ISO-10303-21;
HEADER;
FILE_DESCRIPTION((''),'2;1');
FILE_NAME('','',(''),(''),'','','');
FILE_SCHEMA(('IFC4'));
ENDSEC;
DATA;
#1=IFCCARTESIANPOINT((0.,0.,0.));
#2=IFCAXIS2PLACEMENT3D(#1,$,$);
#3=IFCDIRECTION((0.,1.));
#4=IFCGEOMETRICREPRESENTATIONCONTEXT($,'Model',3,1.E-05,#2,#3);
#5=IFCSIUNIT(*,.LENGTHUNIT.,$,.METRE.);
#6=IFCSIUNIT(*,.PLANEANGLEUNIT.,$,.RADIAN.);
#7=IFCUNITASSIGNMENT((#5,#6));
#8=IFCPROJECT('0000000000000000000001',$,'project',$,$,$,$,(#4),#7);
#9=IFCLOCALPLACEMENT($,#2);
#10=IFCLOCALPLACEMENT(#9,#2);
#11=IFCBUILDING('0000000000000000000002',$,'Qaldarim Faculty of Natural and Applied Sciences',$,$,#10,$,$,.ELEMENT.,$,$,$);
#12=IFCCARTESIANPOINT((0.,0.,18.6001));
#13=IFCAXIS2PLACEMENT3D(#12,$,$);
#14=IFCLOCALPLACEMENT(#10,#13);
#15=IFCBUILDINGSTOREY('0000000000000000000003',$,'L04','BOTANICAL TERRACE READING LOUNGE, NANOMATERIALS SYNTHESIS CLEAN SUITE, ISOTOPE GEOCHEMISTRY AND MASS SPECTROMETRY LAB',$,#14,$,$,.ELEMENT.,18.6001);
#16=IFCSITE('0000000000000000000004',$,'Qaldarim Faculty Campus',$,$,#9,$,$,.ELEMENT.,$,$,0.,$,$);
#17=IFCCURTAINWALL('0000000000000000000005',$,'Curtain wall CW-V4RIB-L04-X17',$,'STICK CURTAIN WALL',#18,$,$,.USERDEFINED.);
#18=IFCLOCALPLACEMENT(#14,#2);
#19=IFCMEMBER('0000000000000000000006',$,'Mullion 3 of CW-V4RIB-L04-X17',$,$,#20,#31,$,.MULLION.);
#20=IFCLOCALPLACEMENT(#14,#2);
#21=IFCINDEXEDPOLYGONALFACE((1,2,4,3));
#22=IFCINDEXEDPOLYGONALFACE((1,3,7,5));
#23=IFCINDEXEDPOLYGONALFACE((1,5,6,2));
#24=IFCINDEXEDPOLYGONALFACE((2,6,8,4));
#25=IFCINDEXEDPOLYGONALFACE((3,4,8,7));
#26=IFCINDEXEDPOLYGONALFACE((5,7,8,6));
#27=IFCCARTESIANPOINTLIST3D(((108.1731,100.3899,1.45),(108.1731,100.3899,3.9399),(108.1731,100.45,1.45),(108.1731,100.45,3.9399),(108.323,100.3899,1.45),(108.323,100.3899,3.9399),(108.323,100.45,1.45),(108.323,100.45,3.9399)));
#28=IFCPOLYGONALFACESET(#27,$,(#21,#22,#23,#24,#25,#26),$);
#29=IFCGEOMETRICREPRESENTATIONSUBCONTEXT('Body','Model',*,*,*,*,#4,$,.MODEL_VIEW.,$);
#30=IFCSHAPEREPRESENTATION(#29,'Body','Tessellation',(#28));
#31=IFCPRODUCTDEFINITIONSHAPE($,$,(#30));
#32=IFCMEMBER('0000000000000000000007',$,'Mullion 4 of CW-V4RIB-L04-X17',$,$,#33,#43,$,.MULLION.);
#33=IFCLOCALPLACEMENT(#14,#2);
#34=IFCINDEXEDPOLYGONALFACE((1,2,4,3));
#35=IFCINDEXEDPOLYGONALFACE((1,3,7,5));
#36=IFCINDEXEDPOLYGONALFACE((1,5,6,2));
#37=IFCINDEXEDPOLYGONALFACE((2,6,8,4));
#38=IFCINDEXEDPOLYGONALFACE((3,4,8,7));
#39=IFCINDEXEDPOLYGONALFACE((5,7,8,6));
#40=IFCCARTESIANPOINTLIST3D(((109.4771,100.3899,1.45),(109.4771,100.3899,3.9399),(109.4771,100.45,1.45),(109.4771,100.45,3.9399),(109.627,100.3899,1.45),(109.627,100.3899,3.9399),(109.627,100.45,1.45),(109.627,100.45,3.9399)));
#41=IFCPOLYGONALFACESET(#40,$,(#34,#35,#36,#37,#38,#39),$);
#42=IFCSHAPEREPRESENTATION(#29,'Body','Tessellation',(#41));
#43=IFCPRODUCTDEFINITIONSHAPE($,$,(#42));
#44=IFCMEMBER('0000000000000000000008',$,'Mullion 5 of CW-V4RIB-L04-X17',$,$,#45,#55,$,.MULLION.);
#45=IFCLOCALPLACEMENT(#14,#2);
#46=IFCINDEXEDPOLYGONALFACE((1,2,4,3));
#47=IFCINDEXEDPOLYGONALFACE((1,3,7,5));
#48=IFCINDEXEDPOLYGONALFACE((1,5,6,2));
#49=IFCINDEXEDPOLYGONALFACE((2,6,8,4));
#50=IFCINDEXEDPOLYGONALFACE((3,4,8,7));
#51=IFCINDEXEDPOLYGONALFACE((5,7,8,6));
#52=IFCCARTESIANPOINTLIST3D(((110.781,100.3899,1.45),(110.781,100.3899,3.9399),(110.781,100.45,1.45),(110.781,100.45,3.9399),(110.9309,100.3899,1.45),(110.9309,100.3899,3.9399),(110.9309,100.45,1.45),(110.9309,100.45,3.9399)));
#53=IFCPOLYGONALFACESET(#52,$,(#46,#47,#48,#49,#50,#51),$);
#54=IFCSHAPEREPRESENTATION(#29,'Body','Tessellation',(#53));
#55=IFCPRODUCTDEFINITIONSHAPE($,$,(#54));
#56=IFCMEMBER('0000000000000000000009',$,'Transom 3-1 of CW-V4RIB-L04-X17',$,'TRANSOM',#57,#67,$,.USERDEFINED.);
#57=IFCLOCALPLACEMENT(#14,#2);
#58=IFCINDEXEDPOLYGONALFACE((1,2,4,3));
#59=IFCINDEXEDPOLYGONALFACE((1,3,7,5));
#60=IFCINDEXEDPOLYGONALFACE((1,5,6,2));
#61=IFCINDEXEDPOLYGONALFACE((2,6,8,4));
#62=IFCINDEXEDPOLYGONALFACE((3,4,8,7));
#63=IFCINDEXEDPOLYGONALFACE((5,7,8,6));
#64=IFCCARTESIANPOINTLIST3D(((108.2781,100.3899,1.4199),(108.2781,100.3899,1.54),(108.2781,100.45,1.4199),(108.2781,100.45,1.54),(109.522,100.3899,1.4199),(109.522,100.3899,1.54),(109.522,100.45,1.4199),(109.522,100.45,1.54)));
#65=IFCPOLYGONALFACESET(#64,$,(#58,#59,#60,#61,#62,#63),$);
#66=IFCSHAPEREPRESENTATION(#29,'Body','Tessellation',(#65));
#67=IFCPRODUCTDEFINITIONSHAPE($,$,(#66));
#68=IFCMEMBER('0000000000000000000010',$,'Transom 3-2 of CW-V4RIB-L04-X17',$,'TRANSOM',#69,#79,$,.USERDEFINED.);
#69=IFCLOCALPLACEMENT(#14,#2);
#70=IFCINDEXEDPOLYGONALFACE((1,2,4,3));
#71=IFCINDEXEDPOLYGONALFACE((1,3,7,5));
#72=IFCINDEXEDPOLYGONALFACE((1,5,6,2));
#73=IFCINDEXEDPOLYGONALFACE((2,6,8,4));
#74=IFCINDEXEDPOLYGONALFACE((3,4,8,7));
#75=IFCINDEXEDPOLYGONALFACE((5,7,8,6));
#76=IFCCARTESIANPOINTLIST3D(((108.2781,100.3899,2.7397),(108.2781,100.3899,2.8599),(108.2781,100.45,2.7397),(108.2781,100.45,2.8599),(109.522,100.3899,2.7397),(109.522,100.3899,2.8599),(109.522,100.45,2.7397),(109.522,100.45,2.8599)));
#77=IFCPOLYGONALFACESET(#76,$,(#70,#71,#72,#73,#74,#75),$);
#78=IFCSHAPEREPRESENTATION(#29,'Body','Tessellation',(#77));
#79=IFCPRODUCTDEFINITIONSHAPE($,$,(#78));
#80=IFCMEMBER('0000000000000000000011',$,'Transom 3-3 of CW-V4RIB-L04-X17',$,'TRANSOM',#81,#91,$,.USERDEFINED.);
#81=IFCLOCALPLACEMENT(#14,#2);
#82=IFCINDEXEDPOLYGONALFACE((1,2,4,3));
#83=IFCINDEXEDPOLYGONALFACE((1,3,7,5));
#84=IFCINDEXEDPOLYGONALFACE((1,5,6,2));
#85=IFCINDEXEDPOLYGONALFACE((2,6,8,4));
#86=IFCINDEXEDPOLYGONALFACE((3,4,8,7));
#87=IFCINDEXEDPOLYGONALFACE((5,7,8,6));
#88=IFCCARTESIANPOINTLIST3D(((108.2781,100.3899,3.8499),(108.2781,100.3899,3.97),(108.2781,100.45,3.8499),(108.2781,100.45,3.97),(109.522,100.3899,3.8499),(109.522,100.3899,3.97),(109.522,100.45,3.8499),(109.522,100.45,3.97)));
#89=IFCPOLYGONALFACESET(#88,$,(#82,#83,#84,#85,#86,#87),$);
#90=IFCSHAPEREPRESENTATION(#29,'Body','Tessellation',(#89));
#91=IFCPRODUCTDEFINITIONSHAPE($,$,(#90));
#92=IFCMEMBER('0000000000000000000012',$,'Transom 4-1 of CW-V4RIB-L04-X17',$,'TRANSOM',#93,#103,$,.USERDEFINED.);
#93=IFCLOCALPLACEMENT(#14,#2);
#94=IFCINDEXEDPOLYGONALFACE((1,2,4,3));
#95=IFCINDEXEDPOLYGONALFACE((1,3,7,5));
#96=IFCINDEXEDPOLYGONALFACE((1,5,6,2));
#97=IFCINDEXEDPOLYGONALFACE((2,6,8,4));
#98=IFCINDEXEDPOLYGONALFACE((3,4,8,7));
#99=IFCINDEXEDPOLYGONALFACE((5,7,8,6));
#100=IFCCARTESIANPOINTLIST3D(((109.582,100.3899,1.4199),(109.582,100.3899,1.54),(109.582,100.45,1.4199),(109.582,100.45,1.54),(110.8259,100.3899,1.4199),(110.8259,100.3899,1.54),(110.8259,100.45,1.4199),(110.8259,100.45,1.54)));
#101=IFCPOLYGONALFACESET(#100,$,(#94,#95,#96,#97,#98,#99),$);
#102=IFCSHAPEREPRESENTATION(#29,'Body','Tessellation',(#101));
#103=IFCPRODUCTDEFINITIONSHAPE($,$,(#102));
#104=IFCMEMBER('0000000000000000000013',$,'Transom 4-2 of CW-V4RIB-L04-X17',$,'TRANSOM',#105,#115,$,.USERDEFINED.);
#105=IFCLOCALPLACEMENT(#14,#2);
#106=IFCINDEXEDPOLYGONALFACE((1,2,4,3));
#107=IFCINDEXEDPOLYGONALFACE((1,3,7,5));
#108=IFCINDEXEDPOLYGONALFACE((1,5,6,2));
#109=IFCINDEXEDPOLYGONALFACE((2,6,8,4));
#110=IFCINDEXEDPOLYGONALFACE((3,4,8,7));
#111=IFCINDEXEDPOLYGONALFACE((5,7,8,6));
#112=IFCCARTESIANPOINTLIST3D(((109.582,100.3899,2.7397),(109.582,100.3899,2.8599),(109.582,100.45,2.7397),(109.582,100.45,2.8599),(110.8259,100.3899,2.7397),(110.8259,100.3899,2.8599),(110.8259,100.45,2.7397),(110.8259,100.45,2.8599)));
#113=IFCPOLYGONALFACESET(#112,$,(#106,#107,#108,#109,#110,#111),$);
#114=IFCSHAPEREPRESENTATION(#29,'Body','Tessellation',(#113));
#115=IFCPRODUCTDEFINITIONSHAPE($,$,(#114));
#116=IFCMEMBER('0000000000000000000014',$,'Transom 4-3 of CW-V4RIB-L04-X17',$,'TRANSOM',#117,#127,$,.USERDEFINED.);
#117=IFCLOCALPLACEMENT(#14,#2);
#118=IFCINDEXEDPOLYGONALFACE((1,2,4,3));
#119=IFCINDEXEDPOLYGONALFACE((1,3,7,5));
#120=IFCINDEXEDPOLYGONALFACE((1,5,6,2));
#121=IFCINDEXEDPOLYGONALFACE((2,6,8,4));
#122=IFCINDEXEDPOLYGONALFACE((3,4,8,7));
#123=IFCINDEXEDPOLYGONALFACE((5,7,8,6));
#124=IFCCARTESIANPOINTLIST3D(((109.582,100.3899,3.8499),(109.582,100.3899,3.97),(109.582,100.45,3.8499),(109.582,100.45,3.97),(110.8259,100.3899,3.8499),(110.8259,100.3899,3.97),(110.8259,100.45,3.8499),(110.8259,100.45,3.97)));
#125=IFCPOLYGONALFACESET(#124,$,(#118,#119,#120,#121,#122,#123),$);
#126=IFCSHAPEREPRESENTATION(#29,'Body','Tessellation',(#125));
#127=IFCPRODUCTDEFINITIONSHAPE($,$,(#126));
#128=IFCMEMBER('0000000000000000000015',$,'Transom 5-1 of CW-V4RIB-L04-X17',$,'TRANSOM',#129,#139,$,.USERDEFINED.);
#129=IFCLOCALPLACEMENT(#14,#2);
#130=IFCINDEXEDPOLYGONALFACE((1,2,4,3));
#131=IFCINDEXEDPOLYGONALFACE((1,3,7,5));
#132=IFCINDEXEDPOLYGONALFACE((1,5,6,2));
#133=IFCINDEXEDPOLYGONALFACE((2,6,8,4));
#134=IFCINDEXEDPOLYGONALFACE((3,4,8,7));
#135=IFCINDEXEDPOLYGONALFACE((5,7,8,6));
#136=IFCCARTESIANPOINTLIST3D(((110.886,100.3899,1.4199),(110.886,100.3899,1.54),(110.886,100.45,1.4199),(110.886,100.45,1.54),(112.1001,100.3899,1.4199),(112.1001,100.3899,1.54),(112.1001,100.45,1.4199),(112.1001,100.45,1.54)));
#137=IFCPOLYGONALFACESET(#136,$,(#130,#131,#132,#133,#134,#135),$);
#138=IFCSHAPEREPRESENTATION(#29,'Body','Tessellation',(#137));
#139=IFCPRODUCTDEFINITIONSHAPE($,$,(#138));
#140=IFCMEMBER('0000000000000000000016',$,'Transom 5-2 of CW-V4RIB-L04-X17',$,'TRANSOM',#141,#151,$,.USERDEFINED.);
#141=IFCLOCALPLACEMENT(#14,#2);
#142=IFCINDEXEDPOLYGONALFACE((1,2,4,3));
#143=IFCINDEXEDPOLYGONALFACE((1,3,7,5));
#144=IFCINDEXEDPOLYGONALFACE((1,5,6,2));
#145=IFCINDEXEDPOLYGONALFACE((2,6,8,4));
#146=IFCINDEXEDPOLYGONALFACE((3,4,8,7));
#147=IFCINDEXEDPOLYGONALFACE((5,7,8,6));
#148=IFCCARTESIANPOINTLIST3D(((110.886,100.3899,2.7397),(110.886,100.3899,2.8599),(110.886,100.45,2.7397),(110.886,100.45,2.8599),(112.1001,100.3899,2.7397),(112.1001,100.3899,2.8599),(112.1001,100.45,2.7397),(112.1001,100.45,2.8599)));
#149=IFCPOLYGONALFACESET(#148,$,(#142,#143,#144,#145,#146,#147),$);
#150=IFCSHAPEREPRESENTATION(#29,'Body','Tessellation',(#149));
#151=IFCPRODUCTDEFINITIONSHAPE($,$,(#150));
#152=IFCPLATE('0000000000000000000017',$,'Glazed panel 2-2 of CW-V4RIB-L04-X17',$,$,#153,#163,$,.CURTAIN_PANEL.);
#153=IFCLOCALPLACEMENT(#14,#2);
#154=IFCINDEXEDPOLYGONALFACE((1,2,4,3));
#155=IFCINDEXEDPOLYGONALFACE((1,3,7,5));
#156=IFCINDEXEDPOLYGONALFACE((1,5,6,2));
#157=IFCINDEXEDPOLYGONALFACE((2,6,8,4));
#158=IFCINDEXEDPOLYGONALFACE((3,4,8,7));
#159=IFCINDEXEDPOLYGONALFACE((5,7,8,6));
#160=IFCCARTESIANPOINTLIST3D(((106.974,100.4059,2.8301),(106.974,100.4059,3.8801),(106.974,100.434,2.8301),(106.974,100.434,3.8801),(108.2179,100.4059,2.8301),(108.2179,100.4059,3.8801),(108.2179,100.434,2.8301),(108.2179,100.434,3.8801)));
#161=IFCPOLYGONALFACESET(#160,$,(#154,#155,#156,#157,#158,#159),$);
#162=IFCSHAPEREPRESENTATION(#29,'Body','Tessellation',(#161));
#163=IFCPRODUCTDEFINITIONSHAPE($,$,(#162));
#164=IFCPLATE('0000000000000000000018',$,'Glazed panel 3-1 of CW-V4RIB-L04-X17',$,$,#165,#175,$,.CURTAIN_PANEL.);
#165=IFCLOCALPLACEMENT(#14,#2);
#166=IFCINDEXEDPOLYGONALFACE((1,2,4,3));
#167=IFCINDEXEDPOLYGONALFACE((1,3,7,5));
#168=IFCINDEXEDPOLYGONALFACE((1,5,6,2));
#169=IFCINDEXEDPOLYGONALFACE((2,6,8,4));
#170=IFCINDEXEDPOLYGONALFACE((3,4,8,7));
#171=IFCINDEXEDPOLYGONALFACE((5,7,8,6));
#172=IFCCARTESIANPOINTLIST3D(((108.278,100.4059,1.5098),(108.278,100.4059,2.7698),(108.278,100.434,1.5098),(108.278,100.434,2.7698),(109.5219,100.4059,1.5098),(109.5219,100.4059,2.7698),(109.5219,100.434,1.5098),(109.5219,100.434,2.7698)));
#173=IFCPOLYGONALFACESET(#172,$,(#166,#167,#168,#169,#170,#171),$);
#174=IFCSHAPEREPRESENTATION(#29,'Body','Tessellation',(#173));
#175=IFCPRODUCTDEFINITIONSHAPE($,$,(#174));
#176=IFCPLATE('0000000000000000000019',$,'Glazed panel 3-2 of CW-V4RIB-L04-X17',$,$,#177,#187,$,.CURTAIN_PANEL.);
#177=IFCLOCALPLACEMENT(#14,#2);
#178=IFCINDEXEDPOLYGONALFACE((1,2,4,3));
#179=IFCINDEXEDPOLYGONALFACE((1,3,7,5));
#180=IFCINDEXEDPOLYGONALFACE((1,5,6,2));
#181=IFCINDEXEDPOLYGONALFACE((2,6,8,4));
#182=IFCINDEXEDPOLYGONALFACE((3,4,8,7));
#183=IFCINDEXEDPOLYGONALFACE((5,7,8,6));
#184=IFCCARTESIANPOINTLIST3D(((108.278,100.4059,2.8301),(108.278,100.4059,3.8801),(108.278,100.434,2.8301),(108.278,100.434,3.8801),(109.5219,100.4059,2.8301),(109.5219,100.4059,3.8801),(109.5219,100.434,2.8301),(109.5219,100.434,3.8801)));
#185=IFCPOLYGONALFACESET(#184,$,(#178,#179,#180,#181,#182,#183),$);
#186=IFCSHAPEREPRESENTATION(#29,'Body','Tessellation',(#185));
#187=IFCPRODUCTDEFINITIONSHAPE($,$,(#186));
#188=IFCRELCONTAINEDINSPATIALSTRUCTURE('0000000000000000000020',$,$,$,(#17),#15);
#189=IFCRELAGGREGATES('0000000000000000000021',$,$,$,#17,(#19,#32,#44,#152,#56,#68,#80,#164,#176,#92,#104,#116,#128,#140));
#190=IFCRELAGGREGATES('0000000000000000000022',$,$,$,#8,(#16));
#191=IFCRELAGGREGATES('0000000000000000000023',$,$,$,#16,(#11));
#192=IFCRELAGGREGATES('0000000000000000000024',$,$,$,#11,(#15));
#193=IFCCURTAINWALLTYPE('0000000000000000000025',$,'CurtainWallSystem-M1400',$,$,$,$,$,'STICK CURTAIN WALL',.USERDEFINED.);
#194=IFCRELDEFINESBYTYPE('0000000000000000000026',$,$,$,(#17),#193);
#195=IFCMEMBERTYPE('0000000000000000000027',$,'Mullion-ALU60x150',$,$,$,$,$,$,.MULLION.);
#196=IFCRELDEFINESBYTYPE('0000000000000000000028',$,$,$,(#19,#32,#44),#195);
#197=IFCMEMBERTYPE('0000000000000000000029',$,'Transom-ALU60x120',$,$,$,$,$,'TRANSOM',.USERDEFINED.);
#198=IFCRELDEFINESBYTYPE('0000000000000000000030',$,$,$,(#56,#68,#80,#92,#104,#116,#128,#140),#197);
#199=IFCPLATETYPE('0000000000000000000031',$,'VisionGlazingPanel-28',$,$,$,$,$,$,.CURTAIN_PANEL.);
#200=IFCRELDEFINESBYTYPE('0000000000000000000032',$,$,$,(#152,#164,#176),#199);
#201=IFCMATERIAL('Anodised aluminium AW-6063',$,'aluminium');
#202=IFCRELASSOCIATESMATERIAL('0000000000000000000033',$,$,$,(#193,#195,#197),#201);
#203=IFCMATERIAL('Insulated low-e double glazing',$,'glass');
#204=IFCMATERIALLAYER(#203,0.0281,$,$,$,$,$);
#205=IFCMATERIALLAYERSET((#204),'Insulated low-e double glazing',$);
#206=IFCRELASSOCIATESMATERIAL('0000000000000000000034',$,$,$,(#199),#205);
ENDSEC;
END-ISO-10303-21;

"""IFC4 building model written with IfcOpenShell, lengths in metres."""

from ifc_helpers import new_model, si_unit, direction, frame, origin, origin_2d, place, context, subcontext, project, spatial, rectangle, extrude, material, layer, layer_set, material_profile, profile_set, type_object, element, aggregate, save


model = new_model("IFC4")

# Units and contexts
model_context = context("Model", 3, precision=1e-05, world=origin(), true_north=direction((0.0, 1.0)))
body_context = subcontext(model_context, "Body", "Model", "MODEL_VIEW")
ifc_project = project(units=[si_unit("LENGTHUNIT", "METRE"), si_unit("PLANEANGLEUNIT", "RADIAN")], contexts=[model_context])

# Site, building, storey
site_placement = place(None, origin())
site = spatial("IfcSite", under=ifc_project, at=site_placement, Name="Qaldarim Faculty Campus", CompositionType="ELEMENT", RefElevation=0.0)
building_placement = place(site_placement, origin())
building = spatial("IfcBuilding", under=site, at=building_placement, Name="Qaldarim Faculty of Natural and Applied Sciences", CompositionType="ELEMENT")
storey_placement = place(building_placement, frame((0.0, 0.0, 18.6001)))
storey = spatial("IfcBuildingStorey", under=building, at=storey_placement, Name="L04", Description="BOTANICAL TERRACE READING LOUNGE, NANOMATERIALS SYNTHESIS CLEAN SUITE, ISOTOPE GEOCHEMISTRY AND MASS SPECTROMETRY LAB", CompositionType="ELEMENT", Elevation=18.6001)

# Curtain wall, members, plates
ifc_material_1 = material(Name="Anodised aluminium AW-6063", Category="aluminium")
curtain_wall_type = type_object("IfcCurtainWallType", Name="CurtainWallSystem-M1400", ElementType="STICK CURTAIN WALL", PredefinedType="USERDEFINED", material=ifc_material_1)
curtain_wall_placement = place(storey_placement, origin())
curtain_wall = element("IfcCurtainWall", 1, at=curtain_wall_placement, inside=storey, type_object=curtain_wall_type, Name="Curtain wall CW-V4RIB-L04-X17", ObjectType="STICK CURTAIN WALL", PredefinedType="USERDEFINED")
ifc_material_profile_1 = material_profile(ifc_material_1, rectangle(XDim=0.0601, YDim=0.1499, at=origin_2d()), Name="ALU-M60x150")
ifc_profile_set_1 = profile_set([ifc_material_profile_1], Name="Anodised aluminium AW-6063")
member_type_1 = type_object("IfcMemberType", Name="Mullion-ALU60x150", PredefinedType="MULLION", material=ifc_profile_set_1)
member_1_placement = place(storey_placement, frame((108.248, 100.4199, 1.45), z_axis=(0.0, 0.0, 1.0), x_axis=(0.0, 1.0, 0.0)))
member_1 = element("IfcMember", 2, at=member_1_placement, type_object=member_type_1, Name="Mullion 3 of CW-V4RIB-L04-X17", PredefinedType="MULLION", context=body_context, shape_type="SweptSolid", body=[
    extrude(rectangle(XDim=0.0601, YDim=0.1499, at=origin_2d()), origin(), (0.0, 0.0, 1.0), 2.49),
])
member_2_placement = place(storey_placement, frame((109.552, 100.4199, 1.45), z_axis=(0.0, 0.0, 1.0), x_axis=(0.0, 1.0, 0.0)))
member_2 = element("IfcMember", 3, at=member_2_placement, type_object=member_type_1, Name="Mullion 4 of CW-V4RIB-L04-X17", PredefinedType="MULLION", context=body_context, shape_type="SweptSolid", body=[
    extrude(rectangle(XDim=0.0601, YDim=0.1499, at=origin_2d()), origin(), (0.0, 0.0, 1.0), 2.49),
])
member_3_placement = place(storey_placement, frame((110.856, 100.4199, 1.45), z_axis=(0.0, 0.0, 1.0), x_axis=(0.0, 1.0, 0.0)))
member_3 = element("IfcMember", 4, at=member_3_placement, type_object=member_type_1, Name="Mullion 5 of CW-V4RIB-L04-X17", PredefinedType="MULLION", context=body_context, shape_type="SweptSolid", body=[
    extrude(rectangle(XDim=0.0601, YDim=0.1499, at=origin_2d()), origin(), (0.0, 0.0, 1.0), 2.49),
])
ifc_material_profile_2 = material_profile(ifc_material_1, rectangle(XDim=0.0601, YDim=0.1201, at=origin_2d()), Name="ALU-T60x120")
ifc_profile_set_2 = profile_set([ifc_material_profile_2], Name="Anodised aluminium AW-6063")
member_type_2 = type_object("IfcMemberType", Name="Transom-ALU60x120", ElementType="TRANSOM", PredefinedType="USERDEFINED", material=ifc_profile_set_2)
member_4_placement = place(storey_placement, frame((108.2781, 100.4199, 1.48), z_axis=(1.0, 0.0, 0.0), x_axis=(0.0, 1.0, 0.0)))
member_4 = element("IfcMember", 5, at=member_4_placement, type_object=member_type_2, Name="Transom 3-1 of CW-V4RIB-L04-X17", ObjectType="TRANSOM", PredefinedType="USERDEFINED", context=body_context, shape_type="SweptSolid", body=[
    extrude(rectangle(XDim=0.0601, YDim=0.1201, at=origin_2d()), origin(), (0.0, 0.0, 1.0), 1.2439),
])
member_5_placement = place(storey_placement, frame((108.2781, 100.4199, 2.7998), z_axis=(1.0, 0.0, 0.0), x_axis=(0.0, 1.0, 0.0)))
member_5 = element("IfcMember", 6, at=member_5_placement, type_object=member_type_2, Name="Transom 3-2 of CW-V4RIB-L04-X17", ObjectType="TRANSOM", PredefinedType="USERDEFINED", context=body_context, shape_type="SweptSolid", body=[
    extrude(rectangle(XDim=0.0601, YDim=0.1201, at=origin_2d()), origin(), (0.0, 0.0, 1.0), 1.2439),
])
member_6_placement = place(storey_placement, frame((108.2781, 100.4199, 3.9099), z_axis=(1.0, 0.0, 0.0), x_axis=(0.0, 1.0, 0.0)))
member_6 = element("IfcMember", 7, at=member_6_placement, type_object=member_type_2, Name="Transom 3-3 of CW-V4RIB-L04-X17", ObjectType="TRANSOM", PredefinedType="USERDEFINED", context=body_context, shape_type="SweptSolid", body=[
    extrude(rectangle(XDim=0.0601, YDim=0.1201, at=origin_2d()), origin(), (0.0, 0.0, 1.0), 1.2439),
])
member_7_placement = place(storey_placement, frame((109.582, 100.4199, 1.48), z_axis=(1.0, 0.0, 0.0), x_axis=(0.0, 1.0, 0.0)))
member_7 = element("IfcMember", 8, at=member_7_placement, type_object=member_type_2, Name="Transom 4-1 of CW-V4RIB-L04-X17", ObjectType="TRANSOM", PredefinedType="USERDEFINED", context=body_context, shape_type="SweptSolid", body=[
    extrude(rectangle(XDim=0.0601, YDim=0.1201, at=origin_2d()), origin(), (0.0, 0.0, 1.0), 1.2439),
])
member_8_placement = place(storey_placement, frame((109.582, 100.4199, 2.7998), z_axis=(1.0, 0.0, 0.0), x_axis=(0.0, 1.0, 0.0)))
member_8 = element("IfcMember", 9, at=member_8_placement, type_object=member_type_2, Name="Transom 4-2 of CW-V4RIB-L04-X17", ObjectType="TRANSOM", PredefinedType="USERDEFINED", context=body_context, shape_type="SweptSolid", body=[
    extrude(rectangle(XDim=0.0601, YDim=0.1201, at=origin_2d()), origin(), (0.0, 0.0, 1.0), 1.2439),
])
member_9_placement = place(storey_placement, frame((109.582, 100.4199, 3.9099), z_axis=(1.0, 0.0, 0.0), x_axis=(0.0, 1.0, 0.0)))
member_9 = element("IfcMember", 10, at=member_9_placement, type_object=member_type_2, Name="Transom 4-3 of CW-V4RIB-L04-X17", ObjectType="TRANSOM", PredefinedType="USERDEFINED", context=body_context, shape_type="SweptSolid", body=[
    extrude(rectangle(XDim=0.0601, YDim=0.1201, at=origin_2d()), origin(), (0.0, 0.0, 1.0), 1.2439),
])
member_10_placement = place(storey_placement, frame((110.886, 100.4199, 1.48), z_axis=(1.0, 0.0, 0.0), x_axis=(0.0, 1.0, 0.0)))
member_10 = element("IfcMember", 11, at=member_10_placement, type_object=member_type_2, Name="Transom 5-1 of CW-V4RIB-L04-X17", ObjectType="TRANSOM", PredefinedType="USERDEFINED", context=body_context, shape_type="SweptSolid", body=[
    extrude(rectangle(XDim=0.0601, YDim=0.1201, at=origin_2d()), origin(), (0.0, 0.0, 1.0), 1.2141),
])
member_11_placement = place(storey_placement, frame((110.886, 100.4199, 2.7998), z_axis=(1.0, 0.0, 0.0), x_axis=(0.0, 1.0, 0.0)))
member_11 = element("IfcMember", 12, at=member_11_placement, type_object=member_type_2, Name="Transom 5-2 of CW-V4RIB-L04-X17", ObjectType="TRANSOM", PredefinedType="USERDEFINED", context=body_context, shape_type="SweptSolid", body=[
    extrude(rectangle(XDim=0.0601, YDim=0.1201, at=origin_2d()), origin(), (0.0, 0.0, 1.0), 1.2141),
])
ifc_material_2 = material(Name="Insulated low-e double glazing", Category="glass")
ifc_layer_1 = layer(ifc_material_2, 0.0281)
ifc_layer_set_1 = layer_set([ifc_layer_1], Name="Insulated low-e double glazing")
plate_type = type_object("IfcPlateType", Name="VisionGlazingPanel-28", PredefinedType="CURTAIN_PANEL", material=ifc_layer_set_1)
plate_1_placement = place(storey_placement, frame((107.5959, 100.4199, 2.8301), z_axis=(0.0, 0.0, 1.0), x_axis=(1.0, 0.0, 0.0)))
plate_1 = element("IfcPlate", 13, at=plate_1_placement, type_object=plate_type, Name="Glazed panel 2-2 of CW-V4RIB-L04-X17", PredefinedType="CURTAIN_PANEL", context=body_context, shape_type="SweptSolid", body=[
    extrude(rectangle(XDim=1.2439, YDim=0.0281, at=origin_2d()), origin(), (0.0, 0.0, 1.0), 1.05),
])
plate_2_placement = place(storey_placement, frame((108.8999, 100.4199, 1.5098), z_axis=(0.0, 0.0, 1.0), x_axis=(1.0, 0.0, 0.0)))
plate_2 = element("IfcPlate", 14, at=plate_2_placement, type_object=plate_type, Name="Glazed panel 3-1 of CW-V4RIB-L04-X17", PredefinedType="CURTAIN_PANEL", context=body_context, shape_type="SweptSolid", body=[
    extrude(rectangle(XDim=1.2439, YDim=0.0281, at=origin_2d()), origin(), (0.0, 0.0, 1.0), 1.26),
])
plate_3_placement = place(storey_placement, frame((108.8999, 100.4199, 2.8301), z_axis=(0.0, 0.0, 1.0), x_axis=(1.0, 0.0, 0.0)))
plate_3 = element("IfcPlate", 15, at=plate_3_placement, type_object=plate_type, Name="Glazed panel 3-2 of CW-V4RIB-L04-X17", PredefinedType="CURTAIN_PANEL", context=body_context, shape_type="SweptSolid", body=[
    extrude(rectangle(XDim=1.2439, YDim=0.0281, at=origin_2d()), origin(), (0.0, 0.0, 1.0), 1.05),
])
aggregate(curtain_wall, [member_1, member_2, member_3, plate_1, member_4, member_5, member_6, plate_2, plate_3, member_7, member_8, member_9, member_10, member_11])

save(model, "model.ifc")
